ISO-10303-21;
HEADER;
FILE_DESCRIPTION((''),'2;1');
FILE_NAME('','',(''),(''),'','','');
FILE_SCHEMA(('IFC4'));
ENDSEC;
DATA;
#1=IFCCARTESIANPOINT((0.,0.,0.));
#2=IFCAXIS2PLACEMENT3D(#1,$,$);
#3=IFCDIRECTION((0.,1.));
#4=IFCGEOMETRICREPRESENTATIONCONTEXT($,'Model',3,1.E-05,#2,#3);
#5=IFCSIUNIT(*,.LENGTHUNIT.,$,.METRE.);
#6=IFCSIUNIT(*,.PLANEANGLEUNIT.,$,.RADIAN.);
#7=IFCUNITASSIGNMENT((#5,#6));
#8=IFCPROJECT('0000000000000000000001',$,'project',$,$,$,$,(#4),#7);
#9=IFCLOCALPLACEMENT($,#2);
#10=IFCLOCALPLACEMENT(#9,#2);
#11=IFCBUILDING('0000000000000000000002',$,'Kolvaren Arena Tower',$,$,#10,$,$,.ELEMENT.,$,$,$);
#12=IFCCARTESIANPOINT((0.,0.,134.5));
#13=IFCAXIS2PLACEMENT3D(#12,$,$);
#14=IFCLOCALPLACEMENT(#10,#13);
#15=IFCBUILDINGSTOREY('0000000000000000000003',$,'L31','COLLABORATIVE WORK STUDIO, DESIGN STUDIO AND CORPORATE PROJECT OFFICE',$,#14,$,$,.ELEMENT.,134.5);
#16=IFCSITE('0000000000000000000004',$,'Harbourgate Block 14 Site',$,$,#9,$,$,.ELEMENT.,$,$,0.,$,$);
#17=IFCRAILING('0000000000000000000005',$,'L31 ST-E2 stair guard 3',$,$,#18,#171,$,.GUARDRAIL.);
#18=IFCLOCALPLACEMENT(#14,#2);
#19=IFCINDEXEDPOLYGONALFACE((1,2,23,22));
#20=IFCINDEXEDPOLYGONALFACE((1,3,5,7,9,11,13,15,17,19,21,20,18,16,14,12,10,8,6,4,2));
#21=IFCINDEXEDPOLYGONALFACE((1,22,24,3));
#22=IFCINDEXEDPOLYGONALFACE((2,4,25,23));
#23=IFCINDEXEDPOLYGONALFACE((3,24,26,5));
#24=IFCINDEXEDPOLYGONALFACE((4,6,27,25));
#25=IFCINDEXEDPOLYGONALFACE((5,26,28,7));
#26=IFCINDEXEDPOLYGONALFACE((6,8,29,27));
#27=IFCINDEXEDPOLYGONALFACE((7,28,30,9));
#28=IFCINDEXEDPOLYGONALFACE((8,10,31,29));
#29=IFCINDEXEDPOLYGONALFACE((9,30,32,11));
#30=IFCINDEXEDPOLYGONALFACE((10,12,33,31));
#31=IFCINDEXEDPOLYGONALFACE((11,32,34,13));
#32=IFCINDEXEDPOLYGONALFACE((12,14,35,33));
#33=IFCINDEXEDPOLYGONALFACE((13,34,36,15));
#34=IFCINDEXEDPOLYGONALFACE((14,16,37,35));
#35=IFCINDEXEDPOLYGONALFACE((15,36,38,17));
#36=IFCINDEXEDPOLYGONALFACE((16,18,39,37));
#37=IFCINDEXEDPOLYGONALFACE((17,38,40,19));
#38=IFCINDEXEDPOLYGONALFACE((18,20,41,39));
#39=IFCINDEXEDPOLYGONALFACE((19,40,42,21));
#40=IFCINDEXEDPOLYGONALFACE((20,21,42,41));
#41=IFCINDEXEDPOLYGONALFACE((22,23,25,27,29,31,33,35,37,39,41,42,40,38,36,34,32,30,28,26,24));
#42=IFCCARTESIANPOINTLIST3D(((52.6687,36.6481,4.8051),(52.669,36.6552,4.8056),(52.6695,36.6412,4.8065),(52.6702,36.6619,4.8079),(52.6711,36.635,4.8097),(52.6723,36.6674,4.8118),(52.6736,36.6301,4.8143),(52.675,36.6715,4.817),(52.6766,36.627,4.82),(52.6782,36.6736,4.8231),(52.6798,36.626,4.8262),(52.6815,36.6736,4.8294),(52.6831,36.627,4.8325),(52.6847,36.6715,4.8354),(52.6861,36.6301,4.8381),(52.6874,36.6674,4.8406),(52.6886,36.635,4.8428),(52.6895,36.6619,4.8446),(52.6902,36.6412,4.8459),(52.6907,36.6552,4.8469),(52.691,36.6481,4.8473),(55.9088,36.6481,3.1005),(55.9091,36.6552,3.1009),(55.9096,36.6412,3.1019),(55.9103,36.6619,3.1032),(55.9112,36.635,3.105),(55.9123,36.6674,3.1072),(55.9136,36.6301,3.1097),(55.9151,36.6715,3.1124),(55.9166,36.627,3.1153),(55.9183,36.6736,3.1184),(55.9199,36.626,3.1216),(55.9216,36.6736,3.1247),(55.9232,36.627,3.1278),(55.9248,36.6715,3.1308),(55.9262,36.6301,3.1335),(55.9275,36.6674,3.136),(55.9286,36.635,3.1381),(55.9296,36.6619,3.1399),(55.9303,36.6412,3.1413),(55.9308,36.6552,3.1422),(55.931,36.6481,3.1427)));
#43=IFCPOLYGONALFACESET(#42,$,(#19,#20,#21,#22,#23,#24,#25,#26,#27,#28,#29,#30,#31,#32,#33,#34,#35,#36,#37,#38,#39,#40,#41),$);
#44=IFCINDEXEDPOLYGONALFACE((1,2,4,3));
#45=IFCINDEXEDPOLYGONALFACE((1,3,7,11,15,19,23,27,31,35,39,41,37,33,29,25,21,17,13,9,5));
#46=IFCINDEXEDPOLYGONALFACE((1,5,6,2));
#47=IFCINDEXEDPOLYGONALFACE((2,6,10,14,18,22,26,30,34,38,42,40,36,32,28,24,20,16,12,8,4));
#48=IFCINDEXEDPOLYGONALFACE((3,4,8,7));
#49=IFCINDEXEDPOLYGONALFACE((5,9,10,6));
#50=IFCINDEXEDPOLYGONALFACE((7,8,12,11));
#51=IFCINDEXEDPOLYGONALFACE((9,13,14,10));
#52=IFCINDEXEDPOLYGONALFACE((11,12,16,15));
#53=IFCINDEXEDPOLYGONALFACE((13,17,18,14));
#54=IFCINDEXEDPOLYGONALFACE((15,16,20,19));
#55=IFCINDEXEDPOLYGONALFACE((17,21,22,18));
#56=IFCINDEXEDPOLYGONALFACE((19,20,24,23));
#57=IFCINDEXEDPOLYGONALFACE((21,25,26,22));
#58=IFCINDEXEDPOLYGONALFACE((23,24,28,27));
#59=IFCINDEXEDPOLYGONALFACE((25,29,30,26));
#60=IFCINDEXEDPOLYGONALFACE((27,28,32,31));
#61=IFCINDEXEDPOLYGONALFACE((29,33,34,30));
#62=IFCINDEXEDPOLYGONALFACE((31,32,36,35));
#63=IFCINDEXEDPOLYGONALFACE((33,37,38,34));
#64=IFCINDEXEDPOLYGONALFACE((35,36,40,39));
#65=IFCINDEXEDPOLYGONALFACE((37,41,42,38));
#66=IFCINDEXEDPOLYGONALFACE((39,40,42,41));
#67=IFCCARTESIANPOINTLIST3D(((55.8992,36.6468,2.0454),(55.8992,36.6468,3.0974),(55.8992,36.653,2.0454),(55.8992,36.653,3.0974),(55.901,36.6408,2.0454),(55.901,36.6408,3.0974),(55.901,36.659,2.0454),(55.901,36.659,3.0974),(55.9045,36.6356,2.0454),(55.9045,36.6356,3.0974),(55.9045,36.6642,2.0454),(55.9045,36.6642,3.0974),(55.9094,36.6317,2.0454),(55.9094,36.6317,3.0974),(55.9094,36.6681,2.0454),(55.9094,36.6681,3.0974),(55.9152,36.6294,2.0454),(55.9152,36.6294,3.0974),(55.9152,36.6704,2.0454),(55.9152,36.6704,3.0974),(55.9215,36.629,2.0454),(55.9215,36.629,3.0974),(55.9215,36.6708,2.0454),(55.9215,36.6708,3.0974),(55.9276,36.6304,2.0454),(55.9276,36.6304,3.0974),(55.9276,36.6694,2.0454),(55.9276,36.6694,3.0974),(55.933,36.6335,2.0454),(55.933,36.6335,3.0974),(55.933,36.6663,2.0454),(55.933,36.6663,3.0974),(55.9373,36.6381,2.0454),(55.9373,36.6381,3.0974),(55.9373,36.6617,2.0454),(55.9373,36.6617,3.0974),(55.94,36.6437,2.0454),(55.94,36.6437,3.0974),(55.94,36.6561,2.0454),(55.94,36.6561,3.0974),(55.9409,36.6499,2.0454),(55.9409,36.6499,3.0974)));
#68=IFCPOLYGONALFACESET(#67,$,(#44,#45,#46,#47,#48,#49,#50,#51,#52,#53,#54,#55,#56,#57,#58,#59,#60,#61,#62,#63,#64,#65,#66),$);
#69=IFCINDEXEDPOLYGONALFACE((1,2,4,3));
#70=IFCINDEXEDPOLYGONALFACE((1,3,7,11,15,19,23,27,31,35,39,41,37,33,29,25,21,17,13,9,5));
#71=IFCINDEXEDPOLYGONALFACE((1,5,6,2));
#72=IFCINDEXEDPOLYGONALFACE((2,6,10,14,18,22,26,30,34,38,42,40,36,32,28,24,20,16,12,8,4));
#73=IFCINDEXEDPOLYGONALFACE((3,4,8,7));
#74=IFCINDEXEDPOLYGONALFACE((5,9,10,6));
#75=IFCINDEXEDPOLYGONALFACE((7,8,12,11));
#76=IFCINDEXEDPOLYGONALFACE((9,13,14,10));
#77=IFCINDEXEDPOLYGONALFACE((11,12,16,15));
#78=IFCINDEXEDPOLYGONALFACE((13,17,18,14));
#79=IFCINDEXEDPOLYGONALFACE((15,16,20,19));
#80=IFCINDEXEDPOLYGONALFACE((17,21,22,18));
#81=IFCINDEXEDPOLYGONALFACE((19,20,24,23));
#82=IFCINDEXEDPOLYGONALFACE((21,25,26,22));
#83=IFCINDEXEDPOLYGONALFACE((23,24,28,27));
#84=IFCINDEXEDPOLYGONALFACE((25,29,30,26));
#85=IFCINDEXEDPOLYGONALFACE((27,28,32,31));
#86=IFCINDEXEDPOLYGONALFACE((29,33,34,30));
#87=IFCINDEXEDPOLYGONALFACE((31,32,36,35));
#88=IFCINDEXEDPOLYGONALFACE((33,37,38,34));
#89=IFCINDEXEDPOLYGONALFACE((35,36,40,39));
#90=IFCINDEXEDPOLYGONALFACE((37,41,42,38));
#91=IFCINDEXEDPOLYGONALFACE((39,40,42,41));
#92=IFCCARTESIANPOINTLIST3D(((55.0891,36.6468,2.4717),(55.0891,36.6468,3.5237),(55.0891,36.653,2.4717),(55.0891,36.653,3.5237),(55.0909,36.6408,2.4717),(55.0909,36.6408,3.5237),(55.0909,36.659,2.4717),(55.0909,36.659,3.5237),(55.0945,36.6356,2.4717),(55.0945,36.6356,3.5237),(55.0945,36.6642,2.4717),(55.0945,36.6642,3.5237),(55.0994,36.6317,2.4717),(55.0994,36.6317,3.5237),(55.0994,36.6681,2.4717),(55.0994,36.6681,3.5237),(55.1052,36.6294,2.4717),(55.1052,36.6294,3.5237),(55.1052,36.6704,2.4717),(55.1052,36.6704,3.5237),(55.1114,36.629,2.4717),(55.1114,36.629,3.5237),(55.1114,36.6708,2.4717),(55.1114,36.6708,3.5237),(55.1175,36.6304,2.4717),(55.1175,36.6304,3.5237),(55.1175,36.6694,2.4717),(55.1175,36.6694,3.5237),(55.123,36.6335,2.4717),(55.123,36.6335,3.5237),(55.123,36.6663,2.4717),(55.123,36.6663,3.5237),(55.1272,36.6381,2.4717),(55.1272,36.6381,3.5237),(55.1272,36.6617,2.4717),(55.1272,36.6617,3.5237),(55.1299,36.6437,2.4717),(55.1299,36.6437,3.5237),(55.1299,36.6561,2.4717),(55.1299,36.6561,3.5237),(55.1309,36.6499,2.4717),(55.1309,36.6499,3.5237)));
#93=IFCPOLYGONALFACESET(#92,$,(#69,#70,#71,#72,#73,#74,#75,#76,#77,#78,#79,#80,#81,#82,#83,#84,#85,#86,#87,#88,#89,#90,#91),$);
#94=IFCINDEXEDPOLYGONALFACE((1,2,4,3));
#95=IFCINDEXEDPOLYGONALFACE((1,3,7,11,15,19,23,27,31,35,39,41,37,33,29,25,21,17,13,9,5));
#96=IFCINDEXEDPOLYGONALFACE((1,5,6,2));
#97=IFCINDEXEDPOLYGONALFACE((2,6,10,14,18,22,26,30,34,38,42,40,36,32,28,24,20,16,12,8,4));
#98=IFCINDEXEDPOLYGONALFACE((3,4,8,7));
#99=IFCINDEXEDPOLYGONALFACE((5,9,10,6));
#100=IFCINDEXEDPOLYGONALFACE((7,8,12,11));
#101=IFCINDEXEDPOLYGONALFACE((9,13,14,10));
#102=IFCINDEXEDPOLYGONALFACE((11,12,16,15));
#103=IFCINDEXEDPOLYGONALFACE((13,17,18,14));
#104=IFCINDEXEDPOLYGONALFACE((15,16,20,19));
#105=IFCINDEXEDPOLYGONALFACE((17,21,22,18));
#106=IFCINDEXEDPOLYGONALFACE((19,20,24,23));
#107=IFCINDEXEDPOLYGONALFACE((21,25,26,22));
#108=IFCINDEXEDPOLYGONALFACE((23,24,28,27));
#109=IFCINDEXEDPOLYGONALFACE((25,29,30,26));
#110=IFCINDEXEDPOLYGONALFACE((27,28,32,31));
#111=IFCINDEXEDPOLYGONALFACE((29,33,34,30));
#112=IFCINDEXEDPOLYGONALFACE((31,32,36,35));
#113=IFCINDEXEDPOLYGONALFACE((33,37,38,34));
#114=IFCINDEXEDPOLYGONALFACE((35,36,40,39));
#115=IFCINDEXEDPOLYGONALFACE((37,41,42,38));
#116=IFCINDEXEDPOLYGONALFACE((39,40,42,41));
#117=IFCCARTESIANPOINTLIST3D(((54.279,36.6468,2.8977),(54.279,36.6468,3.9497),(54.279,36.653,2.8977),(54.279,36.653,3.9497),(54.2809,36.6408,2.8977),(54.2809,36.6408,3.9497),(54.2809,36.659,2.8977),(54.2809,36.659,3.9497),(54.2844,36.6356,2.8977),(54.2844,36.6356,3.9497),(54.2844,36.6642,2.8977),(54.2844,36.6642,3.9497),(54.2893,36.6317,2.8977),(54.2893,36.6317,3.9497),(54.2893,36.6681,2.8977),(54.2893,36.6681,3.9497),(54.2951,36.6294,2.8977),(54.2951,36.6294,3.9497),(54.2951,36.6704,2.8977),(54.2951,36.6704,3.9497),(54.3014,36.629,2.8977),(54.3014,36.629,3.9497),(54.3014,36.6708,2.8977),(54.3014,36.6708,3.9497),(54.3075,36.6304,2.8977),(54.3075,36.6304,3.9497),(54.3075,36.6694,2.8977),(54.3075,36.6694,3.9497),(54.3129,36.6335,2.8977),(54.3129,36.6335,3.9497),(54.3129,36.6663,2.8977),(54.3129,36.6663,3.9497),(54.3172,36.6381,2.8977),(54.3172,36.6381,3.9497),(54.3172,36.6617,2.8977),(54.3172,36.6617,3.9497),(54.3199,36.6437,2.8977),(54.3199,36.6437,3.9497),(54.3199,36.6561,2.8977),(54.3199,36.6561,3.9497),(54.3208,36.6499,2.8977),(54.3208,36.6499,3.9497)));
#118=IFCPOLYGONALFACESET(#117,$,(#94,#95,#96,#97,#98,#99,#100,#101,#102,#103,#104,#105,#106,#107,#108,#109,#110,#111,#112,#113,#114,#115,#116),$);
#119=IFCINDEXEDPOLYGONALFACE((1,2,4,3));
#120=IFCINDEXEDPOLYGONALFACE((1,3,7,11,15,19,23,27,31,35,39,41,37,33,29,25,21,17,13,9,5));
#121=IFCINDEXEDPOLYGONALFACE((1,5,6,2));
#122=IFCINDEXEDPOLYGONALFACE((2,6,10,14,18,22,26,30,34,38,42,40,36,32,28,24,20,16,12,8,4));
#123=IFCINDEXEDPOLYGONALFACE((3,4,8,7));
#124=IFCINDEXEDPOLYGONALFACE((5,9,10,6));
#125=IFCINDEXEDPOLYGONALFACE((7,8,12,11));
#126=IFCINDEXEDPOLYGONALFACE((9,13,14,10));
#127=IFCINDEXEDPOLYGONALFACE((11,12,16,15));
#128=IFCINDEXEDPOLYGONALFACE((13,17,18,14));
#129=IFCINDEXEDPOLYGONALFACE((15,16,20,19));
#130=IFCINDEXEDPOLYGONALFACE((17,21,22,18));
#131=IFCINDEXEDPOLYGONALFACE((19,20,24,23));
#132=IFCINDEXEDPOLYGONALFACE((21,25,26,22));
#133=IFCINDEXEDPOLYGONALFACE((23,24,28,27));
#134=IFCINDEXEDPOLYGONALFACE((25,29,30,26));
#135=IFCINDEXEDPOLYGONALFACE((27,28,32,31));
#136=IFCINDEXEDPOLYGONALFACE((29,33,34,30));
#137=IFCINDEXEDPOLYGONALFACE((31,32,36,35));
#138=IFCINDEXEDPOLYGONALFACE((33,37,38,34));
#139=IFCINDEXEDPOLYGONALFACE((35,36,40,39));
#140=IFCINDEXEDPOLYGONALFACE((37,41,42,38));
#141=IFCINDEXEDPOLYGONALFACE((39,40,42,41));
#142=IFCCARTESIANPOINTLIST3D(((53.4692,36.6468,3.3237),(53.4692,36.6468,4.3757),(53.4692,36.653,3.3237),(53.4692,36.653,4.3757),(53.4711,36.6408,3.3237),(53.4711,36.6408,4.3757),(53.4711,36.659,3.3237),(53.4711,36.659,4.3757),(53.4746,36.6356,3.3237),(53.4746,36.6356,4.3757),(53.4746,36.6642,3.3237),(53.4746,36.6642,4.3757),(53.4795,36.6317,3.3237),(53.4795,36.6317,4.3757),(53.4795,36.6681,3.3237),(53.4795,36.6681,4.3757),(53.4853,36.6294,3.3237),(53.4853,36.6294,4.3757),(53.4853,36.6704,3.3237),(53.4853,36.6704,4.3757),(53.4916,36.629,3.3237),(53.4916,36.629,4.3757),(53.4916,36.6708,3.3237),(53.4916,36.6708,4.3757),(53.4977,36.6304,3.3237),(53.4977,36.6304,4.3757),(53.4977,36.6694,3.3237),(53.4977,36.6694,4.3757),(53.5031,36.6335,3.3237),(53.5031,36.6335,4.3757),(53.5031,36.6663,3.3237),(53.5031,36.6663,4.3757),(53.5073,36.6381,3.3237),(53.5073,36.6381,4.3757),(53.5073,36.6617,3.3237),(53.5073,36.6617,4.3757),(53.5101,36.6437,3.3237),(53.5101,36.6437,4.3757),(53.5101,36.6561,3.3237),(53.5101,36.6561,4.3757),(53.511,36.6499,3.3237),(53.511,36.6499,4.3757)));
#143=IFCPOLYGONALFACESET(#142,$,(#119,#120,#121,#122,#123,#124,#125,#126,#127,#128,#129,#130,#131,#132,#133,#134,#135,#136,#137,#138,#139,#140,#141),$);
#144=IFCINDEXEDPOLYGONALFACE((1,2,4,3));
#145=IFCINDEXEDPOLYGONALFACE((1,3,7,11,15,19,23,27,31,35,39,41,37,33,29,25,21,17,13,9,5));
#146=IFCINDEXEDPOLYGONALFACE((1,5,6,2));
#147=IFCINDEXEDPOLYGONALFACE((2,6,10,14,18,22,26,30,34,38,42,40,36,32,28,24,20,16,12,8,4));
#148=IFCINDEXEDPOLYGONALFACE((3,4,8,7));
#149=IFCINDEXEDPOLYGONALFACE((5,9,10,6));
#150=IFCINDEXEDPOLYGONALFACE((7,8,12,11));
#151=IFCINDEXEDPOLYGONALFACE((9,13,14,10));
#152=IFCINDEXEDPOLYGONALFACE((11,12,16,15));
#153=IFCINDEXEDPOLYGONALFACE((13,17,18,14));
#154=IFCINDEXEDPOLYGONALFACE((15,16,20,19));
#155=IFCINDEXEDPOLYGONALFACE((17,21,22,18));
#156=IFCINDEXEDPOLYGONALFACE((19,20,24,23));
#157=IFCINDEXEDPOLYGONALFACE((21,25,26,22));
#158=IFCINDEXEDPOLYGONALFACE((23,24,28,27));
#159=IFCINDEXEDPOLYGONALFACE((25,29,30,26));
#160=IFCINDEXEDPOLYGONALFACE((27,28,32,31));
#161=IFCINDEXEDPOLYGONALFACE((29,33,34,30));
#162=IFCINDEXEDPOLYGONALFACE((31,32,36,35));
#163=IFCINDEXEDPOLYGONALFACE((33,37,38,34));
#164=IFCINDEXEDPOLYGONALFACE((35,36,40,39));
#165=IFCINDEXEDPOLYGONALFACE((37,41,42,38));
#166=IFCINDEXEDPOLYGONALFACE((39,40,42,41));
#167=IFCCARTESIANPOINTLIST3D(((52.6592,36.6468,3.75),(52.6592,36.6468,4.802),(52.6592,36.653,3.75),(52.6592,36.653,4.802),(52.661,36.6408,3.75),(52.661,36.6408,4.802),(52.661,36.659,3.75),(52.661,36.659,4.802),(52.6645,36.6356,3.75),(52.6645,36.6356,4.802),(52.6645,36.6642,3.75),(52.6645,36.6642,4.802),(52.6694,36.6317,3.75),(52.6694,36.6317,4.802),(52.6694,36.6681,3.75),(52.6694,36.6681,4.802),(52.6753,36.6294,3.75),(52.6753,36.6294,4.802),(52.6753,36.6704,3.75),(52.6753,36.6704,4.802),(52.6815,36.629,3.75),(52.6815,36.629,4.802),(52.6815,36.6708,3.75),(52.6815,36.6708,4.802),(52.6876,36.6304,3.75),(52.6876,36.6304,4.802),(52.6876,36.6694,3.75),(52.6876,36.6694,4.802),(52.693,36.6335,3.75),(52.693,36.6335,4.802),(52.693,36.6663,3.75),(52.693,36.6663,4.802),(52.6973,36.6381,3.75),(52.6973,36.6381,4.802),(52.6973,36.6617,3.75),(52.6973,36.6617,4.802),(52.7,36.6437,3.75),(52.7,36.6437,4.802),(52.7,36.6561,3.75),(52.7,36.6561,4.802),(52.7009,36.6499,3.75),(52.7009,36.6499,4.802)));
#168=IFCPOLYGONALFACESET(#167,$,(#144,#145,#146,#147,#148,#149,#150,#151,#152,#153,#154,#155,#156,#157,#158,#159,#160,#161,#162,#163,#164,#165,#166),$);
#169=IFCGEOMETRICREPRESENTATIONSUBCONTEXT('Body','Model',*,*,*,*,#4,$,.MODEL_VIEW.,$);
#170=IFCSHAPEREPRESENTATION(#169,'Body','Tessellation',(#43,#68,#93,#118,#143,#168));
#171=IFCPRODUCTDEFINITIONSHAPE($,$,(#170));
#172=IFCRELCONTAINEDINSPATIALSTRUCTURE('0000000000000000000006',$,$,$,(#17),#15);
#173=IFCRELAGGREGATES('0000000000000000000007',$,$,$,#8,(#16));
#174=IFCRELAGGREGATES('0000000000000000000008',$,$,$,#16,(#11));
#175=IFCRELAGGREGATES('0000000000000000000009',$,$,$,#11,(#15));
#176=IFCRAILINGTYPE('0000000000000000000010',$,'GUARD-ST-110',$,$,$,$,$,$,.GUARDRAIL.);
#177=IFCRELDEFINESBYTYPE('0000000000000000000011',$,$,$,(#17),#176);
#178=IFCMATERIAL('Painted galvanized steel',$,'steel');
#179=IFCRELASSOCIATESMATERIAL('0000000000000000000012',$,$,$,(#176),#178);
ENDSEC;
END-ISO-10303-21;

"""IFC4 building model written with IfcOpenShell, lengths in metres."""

from ifc_helpers import new_model, si_unit, direction, frame, origin, origin_2d, place, context, subcontext, project, spatial, circle, extrude, material, type_object, element, save


model = new_model("IFC4")

# Units and contexts
model_context = context("Model", 3, precision=1e-05, world=origin(), true_north=direction((0.0, 1.0)))
body_context = subcontext(model_context, "Body", "Model", "MODEL_VIEW")
ifc_project = project(units=[si_unit("LENGTHUNIT", "METRE"), si_unit("PLANEANGLEUNIT", "RADIAN")], contexts=[model_context])

# Site, building, storey
site_placement = place(None, origin())
site = spatial("IfcSite", under=ifc_project, at=site_placement, Name="Harbourgate Block 14 Site", CompositionType="ELEMENT", RefElevation=0.0)
building_placement = place(site_placement, origin())
building = spatial("IfcBuilding", under=site, at=building_placement, Name="Kolvaren Arena Tower", CompositionType="ELEMENT")
storey_placement = place(building_placement, frame((0.0, 0.0, 134.5)))
storey = spatial("IfcBuildingStorey", under=building, at=storey_placement, Name="L31", Description="COLLABORATIVE WORK STUDIO, DESIGN STUDIO AND CORPORATE PROJECT OFFICE", CompositionType="ELEMENT", Elevation=134.5)

# Railing
ifc_material_1 = material(Name="Painted galvanized steel", Category="steel")
railing_type_1 = type_object("IfcRailingType", Name="GUARD-ST-110", PredefinedType="GUARDRAIL", material=ifc_material_1)
railing_1_placement = place(storey_placement, frame((55.9199, 36.6499, 2.0454)))
element("IfcRailing", 1, at=railing_1_placement, inside=storey, type_object=railing_type_1, Name="L31 ST-E2 stair guard 3", PredefinedType="GUARDRAIL", context=body_context, shape_type="SweptSolid", body=[
    extrude(circle(Radius=0.0239, at=origin_2d()), frame((0.0, 0.0, 1.0762), z_axis=(-0.884993, 0.0, 0.465604), x_axis=(0.0, -1.0, 0.0)), (0.0, 0.0, 1.0), 3.6611),
    extrude(circle(Radius=0.021, at=origin_2d()), origin(), (0.0, 0.0, 1.0), 1.052),
    extrude(circle(Radius=0.021, at=origin_2d()), frame((-0.8101, 0.0, 0.4263)), (0.0, 0.0, 1.0), 1.052),
    extrude(circle(Radius=0.021, at=origin_2d()), frame((-1.6201, 0.0, 0.8523)), (0.0, 0.0, 1.0), 1.052),
    extrude(circle(Radius=0.021, at=origin_2d()), frame((-2.4299, 0.0, 1.2783)), (0.0, 0.0, 1.0), 1.052),
    extrude(circle(Radius=0.021, at=origin_2d()), frame((-3.24, 0.0, 1.7046)), (0.0, 0.0, 1.0), 1.052),
])

save(model, "model.ifc")
